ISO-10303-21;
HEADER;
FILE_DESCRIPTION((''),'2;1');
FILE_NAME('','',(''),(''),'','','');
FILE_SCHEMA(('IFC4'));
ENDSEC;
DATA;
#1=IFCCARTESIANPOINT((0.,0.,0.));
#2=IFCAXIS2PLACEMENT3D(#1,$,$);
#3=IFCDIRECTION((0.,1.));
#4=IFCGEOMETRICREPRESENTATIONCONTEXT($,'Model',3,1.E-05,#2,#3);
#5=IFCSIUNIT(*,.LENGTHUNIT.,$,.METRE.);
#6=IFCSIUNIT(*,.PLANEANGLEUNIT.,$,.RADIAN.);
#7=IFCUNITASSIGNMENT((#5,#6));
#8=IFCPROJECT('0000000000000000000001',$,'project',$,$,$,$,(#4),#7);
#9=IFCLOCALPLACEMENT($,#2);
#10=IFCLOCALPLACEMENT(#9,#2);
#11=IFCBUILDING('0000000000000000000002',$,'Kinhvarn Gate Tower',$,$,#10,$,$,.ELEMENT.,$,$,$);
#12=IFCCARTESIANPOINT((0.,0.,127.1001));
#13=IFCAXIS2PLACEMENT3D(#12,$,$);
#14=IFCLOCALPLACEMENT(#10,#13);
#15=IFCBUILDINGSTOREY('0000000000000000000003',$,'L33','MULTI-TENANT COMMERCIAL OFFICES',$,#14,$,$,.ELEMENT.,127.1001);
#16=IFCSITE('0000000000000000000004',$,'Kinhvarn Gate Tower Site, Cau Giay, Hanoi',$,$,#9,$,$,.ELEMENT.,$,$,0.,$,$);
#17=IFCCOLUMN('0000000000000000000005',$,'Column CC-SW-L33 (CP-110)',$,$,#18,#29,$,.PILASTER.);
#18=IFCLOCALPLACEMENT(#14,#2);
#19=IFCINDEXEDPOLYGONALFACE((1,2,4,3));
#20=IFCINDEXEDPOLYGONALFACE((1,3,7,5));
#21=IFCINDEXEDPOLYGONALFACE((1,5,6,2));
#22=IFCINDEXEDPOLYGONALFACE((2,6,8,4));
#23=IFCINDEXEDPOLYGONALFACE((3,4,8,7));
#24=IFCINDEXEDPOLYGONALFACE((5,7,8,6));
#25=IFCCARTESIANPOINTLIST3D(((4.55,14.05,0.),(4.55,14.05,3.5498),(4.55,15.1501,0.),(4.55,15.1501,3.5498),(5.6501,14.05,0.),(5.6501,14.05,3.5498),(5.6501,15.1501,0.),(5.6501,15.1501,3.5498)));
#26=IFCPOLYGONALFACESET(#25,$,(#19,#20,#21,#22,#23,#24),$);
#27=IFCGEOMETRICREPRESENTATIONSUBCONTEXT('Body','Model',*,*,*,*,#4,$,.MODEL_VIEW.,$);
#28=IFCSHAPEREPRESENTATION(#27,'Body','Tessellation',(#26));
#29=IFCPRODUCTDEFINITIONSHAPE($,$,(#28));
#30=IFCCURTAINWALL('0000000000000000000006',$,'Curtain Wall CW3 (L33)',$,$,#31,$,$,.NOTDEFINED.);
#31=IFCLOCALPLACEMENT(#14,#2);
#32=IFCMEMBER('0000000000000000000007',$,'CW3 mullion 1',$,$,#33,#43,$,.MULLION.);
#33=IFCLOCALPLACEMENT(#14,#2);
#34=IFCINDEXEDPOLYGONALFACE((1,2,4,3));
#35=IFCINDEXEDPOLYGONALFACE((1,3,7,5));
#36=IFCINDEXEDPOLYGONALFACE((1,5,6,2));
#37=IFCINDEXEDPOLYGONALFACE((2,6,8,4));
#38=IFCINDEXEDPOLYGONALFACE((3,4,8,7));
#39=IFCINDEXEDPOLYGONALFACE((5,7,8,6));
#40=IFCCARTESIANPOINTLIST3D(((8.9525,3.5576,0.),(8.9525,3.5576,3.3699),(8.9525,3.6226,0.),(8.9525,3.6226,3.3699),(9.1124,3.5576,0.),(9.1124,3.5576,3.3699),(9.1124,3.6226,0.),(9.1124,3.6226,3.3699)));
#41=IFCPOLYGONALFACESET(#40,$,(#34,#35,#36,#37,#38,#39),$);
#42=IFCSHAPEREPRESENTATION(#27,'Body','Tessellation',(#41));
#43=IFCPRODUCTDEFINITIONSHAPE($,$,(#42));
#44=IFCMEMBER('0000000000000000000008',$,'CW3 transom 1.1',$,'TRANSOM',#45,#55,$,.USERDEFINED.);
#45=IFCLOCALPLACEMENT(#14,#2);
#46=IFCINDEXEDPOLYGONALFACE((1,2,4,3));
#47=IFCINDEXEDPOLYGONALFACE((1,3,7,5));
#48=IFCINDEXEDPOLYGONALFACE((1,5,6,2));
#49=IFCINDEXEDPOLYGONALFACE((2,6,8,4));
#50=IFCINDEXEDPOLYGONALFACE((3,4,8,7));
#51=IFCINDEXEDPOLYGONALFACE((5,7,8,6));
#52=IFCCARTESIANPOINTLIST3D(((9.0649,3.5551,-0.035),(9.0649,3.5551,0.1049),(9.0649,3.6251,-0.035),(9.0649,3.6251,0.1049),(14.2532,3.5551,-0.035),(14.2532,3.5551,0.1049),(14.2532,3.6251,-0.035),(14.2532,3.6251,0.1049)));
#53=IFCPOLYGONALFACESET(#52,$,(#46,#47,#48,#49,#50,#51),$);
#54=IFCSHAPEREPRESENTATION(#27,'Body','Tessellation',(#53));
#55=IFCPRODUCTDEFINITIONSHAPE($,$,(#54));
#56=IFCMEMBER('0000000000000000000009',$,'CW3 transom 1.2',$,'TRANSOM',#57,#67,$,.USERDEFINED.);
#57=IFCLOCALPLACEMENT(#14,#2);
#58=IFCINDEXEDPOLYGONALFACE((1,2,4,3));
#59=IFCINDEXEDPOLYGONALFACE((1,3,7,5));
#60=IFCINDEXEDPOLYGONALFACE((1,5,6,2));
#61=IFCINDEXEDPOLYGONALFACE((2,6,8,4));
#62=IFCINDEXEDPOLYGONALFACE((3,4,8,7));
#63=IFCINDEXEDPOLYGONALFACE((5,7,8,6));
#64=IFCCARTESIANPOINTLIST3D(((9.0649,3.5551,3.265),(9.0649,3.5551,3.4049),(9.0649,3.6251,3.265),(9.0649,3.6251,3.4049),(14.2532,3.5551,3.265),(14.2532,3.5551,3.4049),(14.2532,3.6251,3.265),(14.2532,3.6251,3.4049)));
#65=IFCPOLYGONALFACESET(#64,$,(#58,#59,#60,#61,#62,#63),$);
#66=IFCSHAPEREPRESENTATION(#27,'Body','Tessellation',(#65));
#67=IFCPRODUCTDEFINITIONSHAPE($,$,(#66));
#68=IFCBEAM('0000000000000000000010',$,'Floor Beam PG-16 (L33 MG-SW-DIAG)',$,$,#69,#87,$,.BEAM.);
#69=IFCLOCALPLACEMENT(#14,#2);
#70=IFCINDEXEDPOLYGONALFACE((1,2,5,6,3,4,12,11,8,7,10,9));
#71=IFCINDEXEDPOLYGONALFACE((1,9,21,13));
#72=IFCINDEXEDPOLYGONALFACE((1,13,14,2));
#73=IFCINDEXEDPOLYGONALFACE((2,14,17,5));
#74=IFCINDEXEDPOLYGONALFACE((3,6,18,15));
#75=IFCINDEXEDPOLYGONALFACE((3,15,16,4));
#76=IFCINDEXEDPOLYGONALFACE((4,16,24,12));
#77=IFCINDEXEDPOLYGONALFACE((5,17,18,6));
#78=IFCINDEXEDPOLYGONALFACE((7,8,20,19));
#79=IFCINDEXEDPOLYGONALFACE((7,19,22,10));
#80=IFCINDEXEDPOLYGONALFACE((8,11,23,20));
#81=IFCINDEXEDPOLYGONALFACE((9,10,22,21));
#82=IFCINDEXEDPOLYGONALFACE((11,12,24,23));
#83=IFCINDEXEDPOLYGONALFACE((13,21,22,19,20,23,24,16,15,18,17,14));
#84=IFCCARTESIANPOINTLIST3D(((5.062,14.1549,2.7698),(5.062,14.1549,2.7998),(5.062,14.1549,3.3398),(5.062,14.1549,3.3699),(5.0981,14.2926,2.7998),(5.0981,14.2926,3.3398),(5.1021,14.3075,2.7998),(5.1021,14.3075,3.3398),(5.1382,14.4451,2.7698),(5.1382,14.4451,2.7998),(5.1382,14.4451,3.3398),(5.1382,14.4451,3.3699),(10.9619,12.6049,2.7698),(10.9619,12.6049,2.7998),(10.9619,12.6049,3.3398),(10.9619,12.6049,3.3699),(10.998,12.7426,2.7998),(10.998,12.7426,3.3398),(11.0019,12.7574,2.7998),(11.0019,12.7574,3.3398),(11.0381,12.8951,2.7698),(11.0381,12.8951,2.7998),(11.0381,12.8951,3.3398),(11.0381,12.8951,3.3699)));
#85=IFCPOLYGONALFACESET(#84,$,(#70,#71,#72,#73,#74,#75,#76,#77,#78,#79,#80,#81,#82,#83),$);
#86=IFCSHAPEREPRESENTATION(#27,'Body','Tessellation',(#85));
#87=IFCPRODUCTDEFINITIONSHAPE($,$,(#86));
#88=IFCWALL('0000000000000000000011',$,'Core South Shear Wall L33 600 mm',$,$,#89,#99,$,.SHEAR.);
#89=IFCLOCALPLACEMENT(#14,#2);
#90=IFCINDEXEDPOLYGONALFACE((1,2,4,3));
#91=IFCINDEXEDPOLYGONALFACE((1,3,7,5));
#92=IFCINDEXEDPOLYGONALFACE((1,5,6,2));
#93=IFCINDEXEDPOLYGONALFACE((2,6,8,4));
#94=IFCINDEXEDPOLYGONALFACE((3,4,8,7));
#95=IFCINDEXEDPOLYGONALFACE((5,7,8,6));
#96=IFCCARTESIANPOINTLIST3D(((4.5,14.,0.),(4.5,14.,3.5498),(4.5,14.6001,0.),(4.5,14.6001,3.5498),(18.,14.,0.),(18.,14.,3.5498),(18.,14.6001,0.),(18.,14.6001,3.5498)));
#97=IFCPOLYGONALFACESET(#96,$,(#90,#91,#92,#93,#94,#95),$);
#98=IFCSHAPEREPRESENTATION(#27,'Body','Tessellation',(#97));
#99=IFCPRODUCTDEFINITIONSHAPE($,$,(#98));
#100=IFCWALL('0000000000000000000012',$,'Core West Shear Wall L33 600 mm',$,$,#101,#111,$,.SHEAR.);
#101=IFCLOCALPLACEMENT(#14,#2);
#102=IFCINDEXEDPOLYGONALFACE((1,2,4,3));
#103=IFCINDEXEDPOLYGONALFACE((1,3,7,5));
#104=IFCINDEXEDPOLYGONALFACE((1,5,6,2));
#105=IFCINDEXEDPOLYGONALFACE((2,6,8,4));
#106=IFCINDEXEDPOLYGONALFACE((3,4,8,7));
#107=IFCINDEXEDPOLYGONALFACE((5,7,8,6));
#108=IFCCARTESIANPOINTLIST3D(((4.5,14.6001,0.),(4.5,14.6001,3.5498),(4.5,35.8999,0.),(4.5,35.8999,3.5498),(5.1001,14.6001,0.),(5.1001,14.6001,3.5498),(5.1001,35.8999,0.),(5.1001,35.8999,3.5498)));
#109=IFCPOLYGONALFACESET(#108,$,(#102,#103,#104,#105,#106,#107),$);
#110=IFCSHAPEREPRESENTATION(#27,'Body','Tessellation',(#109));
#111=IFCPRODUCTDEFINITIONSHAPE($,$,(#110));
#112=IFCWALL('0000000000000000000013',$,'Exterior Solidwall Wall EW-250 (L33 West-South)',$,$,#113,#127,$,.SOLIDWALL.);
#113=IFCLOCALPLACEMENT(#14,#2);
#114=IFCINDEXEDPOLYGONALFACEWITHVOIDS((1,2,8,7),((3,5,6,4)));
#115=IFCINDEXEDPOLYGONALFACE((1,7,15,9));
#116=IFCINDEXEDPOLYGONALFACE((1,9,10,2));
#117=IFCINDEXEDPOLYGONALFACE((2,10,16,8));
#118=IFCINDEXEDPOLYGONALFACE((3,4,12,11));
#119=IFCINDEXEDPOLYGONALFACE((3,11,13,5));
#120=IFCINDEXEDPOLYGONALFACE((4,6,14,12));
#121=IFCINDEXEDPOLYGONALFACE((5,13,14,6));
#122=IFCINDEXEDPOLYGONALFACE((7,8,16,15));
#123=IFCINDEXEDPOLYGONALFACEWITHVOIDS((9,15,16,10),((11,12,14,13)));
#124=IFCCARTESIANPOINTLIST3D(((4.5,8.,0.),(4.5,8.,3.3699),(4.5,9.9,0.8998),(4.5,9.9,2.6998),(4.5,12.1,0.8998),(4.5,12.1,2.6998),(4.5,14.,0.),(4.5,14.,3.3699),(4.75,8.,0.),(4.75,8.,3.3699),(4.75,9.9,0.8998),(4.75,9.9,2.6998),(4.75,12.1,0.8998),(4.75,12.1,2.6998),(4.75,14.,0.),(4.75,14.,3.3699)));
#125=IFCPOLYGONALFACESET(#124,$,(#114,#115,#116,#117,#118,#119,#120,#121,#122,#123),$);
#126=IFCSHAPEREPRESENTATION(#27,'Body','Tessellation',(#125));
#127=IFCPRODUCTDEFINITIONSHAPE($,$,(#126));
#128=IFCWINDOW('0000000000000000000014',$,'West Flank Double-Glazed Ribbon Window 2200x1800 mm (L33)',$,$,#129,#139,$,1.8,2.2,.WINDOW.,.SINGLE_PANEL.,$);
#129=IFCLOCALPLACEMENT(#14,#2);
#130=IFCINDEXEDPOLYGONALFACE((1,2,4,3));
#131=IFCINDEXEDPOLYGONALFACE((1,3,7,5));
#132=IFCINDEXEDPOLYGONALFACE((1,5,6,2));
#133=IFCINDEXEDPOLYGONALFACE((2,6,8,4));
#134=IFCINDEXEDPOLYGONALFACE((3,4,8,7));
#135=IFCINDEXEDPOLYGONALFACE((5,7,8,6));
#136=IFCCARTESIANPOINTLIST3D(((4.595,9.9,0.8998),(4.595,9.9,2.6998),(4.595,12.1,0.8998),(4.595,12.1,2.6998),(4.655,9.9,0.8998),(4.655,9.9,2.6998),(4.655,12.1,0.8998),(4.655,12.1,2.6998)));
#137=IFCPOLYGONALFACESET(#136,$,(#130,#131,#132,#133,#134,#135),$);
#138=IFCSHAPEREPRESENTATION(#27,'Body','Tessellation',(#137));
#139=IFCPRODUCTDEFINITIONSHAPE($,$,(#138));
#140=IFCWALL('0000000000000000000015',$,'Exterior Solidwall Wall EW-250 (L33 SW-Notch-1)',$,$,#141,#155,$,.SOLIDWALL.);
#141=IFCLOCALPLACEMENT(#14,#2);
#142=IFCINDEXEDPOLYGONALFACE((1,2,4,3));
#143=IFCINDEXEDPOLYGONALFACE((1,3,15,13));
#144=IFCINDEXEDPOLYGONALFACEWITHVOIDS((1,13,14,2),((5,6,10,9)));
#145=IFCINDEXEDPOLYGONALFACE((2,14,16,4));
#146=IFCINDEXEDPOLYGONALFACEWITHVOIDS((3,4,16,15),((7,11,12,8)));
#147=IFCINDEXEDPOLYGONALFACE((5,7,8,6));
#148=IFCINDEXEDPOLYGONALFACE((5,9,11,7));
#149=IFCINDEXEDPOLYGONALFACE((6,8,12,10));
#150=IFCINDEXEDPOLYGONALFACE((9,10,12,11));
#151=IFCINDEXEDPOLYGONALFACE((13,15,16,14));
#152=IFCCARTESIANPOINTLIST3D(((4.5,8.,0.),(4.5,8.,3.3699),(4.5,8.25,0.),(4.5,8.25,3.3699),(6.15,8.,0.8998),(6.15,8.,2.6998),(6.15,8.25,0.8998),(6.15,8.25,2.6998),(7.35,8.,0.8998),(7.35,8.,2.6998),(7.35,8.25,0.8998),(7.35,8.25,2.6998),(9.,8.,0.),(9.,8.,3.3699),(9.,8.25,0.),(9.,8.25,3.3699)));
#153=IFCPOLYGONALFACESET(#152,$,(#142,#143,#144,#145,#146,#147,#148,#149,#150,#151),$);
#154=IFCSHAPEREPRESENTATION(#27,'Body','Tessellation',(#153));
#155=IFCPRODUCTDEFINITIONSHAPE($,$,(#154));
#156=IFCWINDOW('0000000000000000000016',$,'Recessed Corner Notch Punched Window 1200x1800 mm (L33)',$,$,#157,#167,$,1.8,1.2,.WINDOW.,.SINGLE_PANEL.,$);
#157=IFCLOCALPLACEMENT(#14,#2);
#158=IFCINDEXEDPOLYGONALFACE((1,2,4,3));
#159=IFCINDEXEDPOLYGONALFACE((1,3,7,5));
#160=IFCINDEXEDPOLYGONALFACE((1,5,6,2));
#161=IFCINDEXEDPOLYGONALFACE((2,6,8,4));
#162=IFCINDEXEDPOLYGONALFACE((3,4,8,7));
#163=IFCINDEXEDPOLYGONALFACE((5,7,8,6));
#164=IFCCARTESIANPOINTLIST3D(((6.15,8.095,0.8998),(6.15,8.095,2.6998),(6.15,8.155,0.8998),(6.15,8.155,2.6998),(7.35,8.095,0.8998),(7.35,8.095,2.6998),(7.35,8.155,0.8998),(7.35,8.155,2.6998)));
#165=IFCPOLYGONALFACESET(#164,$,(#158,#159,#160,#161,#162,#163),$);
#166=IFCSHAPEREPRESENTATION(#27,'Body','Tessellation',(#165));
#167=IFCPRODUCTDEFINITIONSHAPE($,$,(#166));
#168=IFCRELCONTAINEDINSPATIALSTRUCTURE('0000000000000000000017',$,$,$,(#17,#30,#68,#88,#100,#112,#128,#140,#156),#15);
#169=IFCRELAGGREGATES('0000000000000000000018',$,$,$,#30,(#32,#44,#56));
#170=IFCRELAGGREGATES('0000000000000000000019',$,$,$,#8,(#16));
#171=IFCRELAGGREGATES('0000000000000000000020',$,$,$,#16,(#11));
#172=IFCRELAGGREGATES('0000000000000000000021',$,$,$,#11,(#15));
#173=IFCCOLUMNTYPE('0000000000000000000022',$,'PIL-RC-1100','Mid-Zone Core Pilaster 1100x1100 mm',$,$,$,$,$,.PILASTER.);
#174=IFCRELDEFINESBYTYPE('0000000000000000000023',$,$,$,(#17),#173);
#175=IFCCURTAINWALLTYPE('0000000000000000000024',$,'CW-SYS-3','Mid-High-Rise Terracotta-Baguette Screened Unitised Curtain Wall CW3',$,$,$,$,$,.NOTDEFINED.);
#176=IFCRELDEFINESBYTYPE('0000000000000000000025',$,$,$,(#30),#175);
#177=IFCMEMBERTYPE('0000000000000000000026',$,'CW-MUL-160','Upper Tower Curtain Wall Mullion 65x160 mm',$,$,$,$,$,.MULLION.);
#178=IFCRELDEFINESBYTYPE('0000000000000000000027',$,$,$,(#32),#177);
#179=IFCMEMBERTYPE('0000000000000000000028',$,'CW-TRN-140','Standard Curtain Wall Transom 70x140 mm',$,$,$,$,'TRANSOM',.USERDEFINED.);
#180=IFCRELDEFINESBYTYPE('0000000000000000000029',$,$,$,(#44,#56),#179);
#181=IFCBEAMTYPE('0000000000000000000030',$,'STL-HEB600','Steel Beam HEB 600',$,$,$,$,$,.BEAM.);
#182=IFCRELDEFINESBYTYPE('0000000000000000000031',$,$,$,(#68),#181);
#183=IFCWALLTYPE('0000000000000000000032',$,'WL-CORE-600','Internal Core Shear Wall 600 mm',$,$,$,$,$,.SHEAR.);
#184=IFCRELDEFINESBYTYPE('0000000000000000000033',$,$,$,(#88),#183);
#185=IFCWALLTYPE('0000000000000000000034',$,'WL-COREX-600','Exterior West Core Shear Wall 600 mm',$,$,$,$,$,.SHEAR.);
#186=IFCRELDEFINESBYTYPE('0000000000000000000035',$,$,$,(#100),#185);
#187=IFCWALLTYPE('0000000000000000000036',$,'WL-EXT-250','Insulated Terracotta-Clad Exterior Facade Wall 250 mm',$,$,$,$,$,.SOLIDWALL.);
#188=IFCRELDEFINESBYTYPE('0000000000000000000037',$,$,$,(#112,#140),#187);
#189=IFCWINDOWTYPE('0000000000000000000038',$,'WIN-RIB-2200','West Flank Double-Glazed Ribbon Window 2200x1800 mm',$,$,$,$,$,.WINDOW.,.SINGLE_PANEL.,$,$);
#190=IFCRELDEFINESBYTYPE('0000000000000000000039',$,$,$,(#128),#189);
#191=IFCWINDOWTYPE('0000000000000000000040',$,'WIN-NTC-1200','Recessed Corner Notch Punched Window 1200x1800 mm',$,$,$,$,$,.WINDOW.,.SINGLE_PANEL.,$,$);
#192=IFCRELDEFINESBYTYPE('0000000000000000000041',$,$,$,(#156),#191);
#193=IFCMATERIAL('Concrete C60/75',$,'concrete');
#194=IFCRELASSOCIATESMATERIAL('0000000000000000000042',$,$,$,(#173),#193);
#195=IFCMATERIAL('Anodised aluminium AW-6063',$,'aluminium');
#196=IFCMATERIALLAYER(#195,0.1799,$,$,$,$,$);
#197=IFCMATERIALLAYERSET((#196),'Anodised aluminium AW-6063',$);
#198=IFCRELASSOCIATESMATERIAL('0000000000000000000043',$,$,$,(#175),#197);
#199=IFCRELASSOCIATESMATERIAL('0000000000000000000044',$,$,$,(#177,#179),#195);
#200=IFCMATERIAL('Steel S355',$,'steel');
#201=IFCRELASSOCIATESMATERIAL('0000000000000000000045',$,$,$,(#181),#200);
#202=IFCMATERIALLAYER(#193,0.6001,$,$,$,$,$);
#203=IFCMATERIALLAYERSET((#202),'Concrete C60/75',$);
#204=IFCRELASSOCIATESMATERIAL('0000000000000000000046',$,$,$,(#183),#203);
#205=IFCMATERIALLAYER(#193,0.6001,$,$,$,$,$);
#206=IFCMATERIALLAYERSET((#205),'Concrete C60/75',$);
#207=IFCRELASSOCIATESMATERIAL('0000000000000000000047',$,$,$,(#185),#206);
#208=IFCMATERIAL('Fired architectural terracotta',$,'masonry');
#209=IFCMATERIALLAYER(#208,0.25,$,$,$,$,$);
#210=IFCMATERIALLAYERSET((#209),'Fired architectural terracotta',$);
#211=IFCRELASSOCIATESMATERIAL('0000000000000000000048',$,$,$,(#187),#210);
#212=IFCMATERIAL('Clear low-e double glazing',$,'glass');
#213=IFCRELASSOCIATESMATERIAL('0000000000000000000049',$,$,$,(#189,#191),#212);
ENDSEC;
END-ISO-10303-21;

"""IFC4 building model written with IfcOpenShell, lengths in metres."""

from ifc_helpers import new_model, si_unit, direction, frame, frame_2d, origin, origin_2d, place, context, subcontext, project, spatial, rectangle, i_section, extrude, material, layer, layer_set, material_profile, profile_set, type_object, element, fill, aggregate, save


model = new_model("IFC4")

# Units and contexts
model_context = context("Model", 3, precision=1e-05, world=origin(), true_north=direction((0.0, 1.0)))
body_context = subcontext(model_context, "Body", "Model", "MODEL_VIEW")
ifc_project = project(units=[si_unit("LENGTHUNIT", "METRE"), si_unit("PLANEANGLEUNIT", "RADIAN")], contexts=[model_context])

# Site, building, storey
site_placement = place(None, origin())
site = spatial("IfcSite", under=ifc_project, at=site_placement, Name="Kinhvarn Gate Tower Site, Cau Giay, Hanoi", CompositionType="ELEMENT", RefElevation=0.0)
building_placement = place(site_placement, origin())
building = spatial("IfcBuilding", under=site, at=building_placement, Name="Kinhvarn Gate Tower", CompositionType="ELEMENT")
storey_placement = place(building_placement, frame((0.0, 0.0, 127.1001)))
storey = spatial("IfcBuildingStorey", under=building, at=storey_placement, Name="L33", Description="MULTI-TENANT COMMERCIAL OFFICES", CompositionType="ELEMENT", Elevation=127.1001)

# Column
ifc_material_1 = material(Name="Concrete C60/75", Category="concrete")
ifc_material_profile_1 = material_profile(ifc_material_1, rectangle(XDim=1.1001, YDim=1.1001, at=origin_2d()), Name="RC 1100x1100")
ifc_profile_set_1 = profile_set([ifc_material_profile_1], Name="Concrete C60/75")
column_type = type_object("IfcColumnType", Name="PIL-RC-1100", Description="Mid-Zone Core Pilaster 1100x1100 mm", PredefinedType="PILASTER", material=ifc_profile_set_1)
column_placement = place(storey_placement, frame((5.1001, 14.6001, 0.0), z_axis=(0.0, 0.0, 1.0), x_axis=(1.0, 0.0, 0.0)))
element("IfcColumn", 1, at=column_placement, inside=storey, type_object=column_type, Name="Column CC-SW-L33 (CP-110)", PredefinedType="PILASTER", context=body_context, shape_type="SweptSolid", body=[
    extrude(rectangle(XDim=1.1001, YDim=1.1001, at=origin_2d()), origin(), (0.0, 0.0, 1.0), 3.5498),
])

# Curtain wall, members
ifc_material_2 = material(Name="Anodised aluminium AW-6063", Category="aluminium")
ifc_layer_1 = layer(ifc_material_2, 0.1799)
ifc_layer_set_1 = layer_set([ifc_layer_1], Name="Anodised aluminium AW-6063")
curtain_wall_type = type_object("IfcCurtainWallType", Name="CW-SYS-3", Description="Mid-High-Rise Terracotta-Baguette Screened Unitised Curtain Wall CW3", PredefinedType="NOTDEFINED", material=ifc_layer_set_1)
curtain_wall_placement = place(storey_placement, origin())
curtain_wall = element("IfcCurtainWall", 2, at=curtain_wall_placement, inside=storey, type_object=curtain_wall_type, Name="Curtain Wall CW3 (L33)", PredefinedType="NOTDEFINED")
ifc_material_profile_2 = material_profile(ifc_material_2, rectangle(XDim=0.0649, YDim=0.1599, at=origin_2d()), Name="ALU 65x160")
ifc_profile_set_2 = profile_set([ifc_material_profile_2], Name="Anodised aluminium AW-6063")
member_type_1 = type_object("IfcMemberType", Name="CW-MUL-160", Description="Upper Tower Curtain Wall Mullion 65x160 mm", PredefinedType="MULLION", material=ifc_profile_set_2)
member_1_placement = place(storey_placement, frame((9.0325, 3.5901, 0.0), z_axis=(0.0, 0.0, 1.0), x_axis=(0.0, 1.0, 0.0)))
member_1 = element("IfcMember", 3, at=member_1_placement, type_object=member_type_1, Name="CW3 mullion 1", PredefinedType="MULLION", context=body_context, shape_type="SweptSolid", body=[
    extrude(rectangle(XDim=0.0649, YDim=0.1599, at=origin_2d()), origin(), (0.0, 0.0, 1.0), 3.3699),
])
ifc_material_profile_3 = material_profile(ifc_material_2, rectangle(XDim=0.0701, YDim=0.1399, at=origin_2d()), Name="ALU 70x140")
ifc_profile_set_3 = profile_set([ifc_material_profile_3], Name="Anodised aluminium AW-6063")
member_type_2 = type_object("IfcMemberType", Name="CW-TRN-140", Description="Standard Curtain Wall Transom 70x140 mm", ElementType="TRANSOM", PredefinedType="USERDEFINED", material=ifc_profile_set_3)
member_2_placement = place(storey_placement, frame((9.0649, 3.5901, 0.0349), z_axis=(1.0, 0.0, 0.0), x_axis=(0.0, 1.0, 0.0)))
member_2 = element("IfcMember", 4, at=member_2_placement, type_object=member_type_2, Name="CW3 transom 1.1", ObjectType="TRANSOM", PredefinedType="USERDEFINED", context=body_context, shape_type="SweptSolid", body=[
    extrude(rectangle(XDim=0.0701, YDim=0.1399, at=origin_2d()), origin(), (0.0, 0.0, 1.0), 5.1882),
])
member_3_placement = place(storey_placement, frame((9.0649, 3.5901, 3.335), z_axis=(1.0, 0.0, 0.0), x_axis=(0.0, 1.0, 0.0)))
member_3 = element("IfcMember", 5, at=member_3_placement, type_object=member_type_2, Name="CW3 transom 1.2", ObjectType="TRANSOM", PredefinedType="USERDEFINED", context=body_context, shape_type="SweptSolid", body=[
    extrude(rectangle(XDim=0.0701, YDim=0.1399, at=origin_2d()), origin(), (0.0, 0.0, 1.0), 5.1882),
])
aggregate(curtain_wall, [member_1, member_2, member_3])

# Beam
ifc_material_3 = material(Name="Steel S355", Category="steel")
ifc_material_profile_4 = material_profile(ifc_material_3, i_section(OverallWidth=0.3, OverallDepth=0.6001, WebThickness=0.0154, FlangeThickness=0.03, at=origin_2d()), Name="HEB 600")
ifc_profile_set_4 = profile_set([ifc_material_profile_4], Name="Steel S355")
beam_type = type_object("IfcBeamType", Name="STL-HEB600", Description="Steel Beam HEB 600", PredefinedType="BEAM", material=ifc_profile_set_4)
beam_placement = place(storey_placement, frame((5.1001, 14.3, 3.0698), z_axis=(0.967178, -0.254101, 0.0), x_axis=(0.254101, 0.967178, 0.0)))
element("IfcBeam", 6, at=beam_placement, inside=storey, type_object=beam_type, Name="Floor Beam PG-16 (L33 MG-SW-DIAG)", PredefinedType="BEAM", context=body_context, shape_type="SweptSolid", body=[
    extrude(i_section(OverallWidth=0.3, OverallDepth=0.6001, WebThickness=0.0154, FlangeThickness=0.03, at=origin_2d()), origin(), (0.0, 0.0, 1.0), 6.1001),
])

# Walls
ifc_layer_2 = layer(ifc_material_1, 0.6001)
ifc_layer_set_2 = layer_set([ifc_layer_2], Name="Concrete C60/75")
wall_type_1 = type_object("IfcWallType", Name="WL-CORE-600", Description="Internal Core Shear Wall 600 mm", PredefinedType="SHEAR", material=ifc_layer_set_2)
wall_1_placement = place(storey_placement, frame((4.5, 14.3, 0.0), z_axis=(0.0, 0.0, 1.0), x_axis=(1.0, 0.0, 0.0)))
element("IfcWall", 7, at=wall_1_placement, inside=storey, type_object=wall_type_1, Name="Core South Shear Wall L33 600 mm", PredefinedType="SHEAR", context=body_context, shape_type="SweptSolid", body=[
    extrude(rectangle(XDim=13.5, YDim=0.6001, at=frame_2d((6.75, 0.0))), origin(), (0.0, 0.0, 1.0), 3.5498),
])
ifc_layer_3 = layer(ifc_material_1, 0.6001)
ifc_layer_set_3 = layer_set([ifc_layer_3], Name="Concrete C60/75")
wall_type_2 = type_object("IfcWallType", Name="WL-COREX-600", Description="Exterior West Core Shear Wall 600 mm", PredefinedType="SHEAR", material=ifc_layer_set_3)
wall_2_placement = place(storey_placement, frame((4.8, 14.6001, 0.0), z_axis=(0.0, 0.0, 1.0), x_axis=(0.0, 1.0, 0.0)))
element("IfcWall", 8, at=wall_2_placement, inside=storey, type_object=wall_type_2, Name="Core West Shear Wall L33 600 mm", PredefinedType="SHEAR", context=body_context, shape_type="SweptSolid", body=[
    extrude(rectangle(XDim=21.2998, YDim=0.6001, at=frame_2d((10.6499, 0.0))), origin(), (0.0, 0.0, 1.0), 3.5498),
])

# Walls, openings, windows
ifc_material_4 = material(Name="Fired architectural terracotta", Category="masonry")
ifc_layer_4 = layer(ifc_material_4, 0.25)
ifc_layer_set_4 = layer_set([ifc_layer_4], Name="Fired architectural terracotta")
wall_type_3 = type_object("IfcWallType", Name="WL-EXT-250", Description="Insulated Terracotta-Clad Exterior Facade Wall 250 mm", PredefinedType="SOLIDWALL", material=ifc_layer_set_4)
wall_3_placement = place(storey_placement, frame((4.625, 14.0, 0.0), z_axis=(0.0, 0.0, 1.0), x_axis=(0.0, -1.0, 0.0)))
wall_3 = element("IfcWall", 9, at=wall_3_placement, inside=storey, type_object=wall_type_3, Name="Exterior Solidwall Wall EW-250 (L33 West-South)", PredefinedType="SOLIDWALL", context=body_context, shape_type="SweptSolid", body=[
    extrude(rectangle(XDim=6.0, YDim=0.25, at=frame_2d((3.0, 0.0))), origin(), (0.0, 0.0, 1.0), 3.3699),
])
opening_1_placement = place(wall_3_placement, frame((1.8999, 0.0, 0.8999)))
opening_1 = element("IfcOpeningElement", 10, at=opening_1_placement, cuts=wall_3, PredefinedType="OPENING", context=body_context, shape_type="SweptSolid", body=[
    extrude(rectangle(XDim=2.2, YDim=1.8, at=frame_2d((1.1001, 0.8999))), frame((0.0, 0.135, 0.0), z_axis=(0.0, -1.0, 0.0), x_axis=(1.0, 0.0, 0.0)), (0.0, 0.0, 1.0), 0.27),
])
ifc_material_5 = material(Name="Clear low-e double glazing", Category="glass")
window_type_1 = type_object("IfcWindowType", Name="WIN-RIB-2200", Description="West Flank Double-Glazed Ribbon Window 2200x1800 mm", PartitioningType="SINGLE_PANEL", PredefinedType="WINDOW", material=ifc_material_5)
window_1_placement = place(opening_1_placement, origin())
window_1 = element("IfcWindow", 11, at=window_1_placement, inside=storey, type_object=window_type_1, Name="West Flank Double-Glazed Ribbon Window 2200x1800 mm (L33)", OverallHeight=1.8, OverallWidth=2.2, PartitioningType="SINGLE_PANEL", PredefinedType="WINDOW", context=body_context, shape_type="SweptSolid", body=[
    extrude(rectangle(XDim=2.2, YDim=1.8, at=frame_2d((1.1001, 0.8999))), frame((0.0, 0.03, 0.0), z_axis=(0.0, -1.0, 0.0), x_axis=(1.0, 0.0, 0.0)), (0.0, 0.0, 1.0), 0.0601),
])
fill(opening_1, window_1)
wall_4_placement = place(storey_placement, frame((4.5, 8.125, 0.0), z_axis=(0.0, 0.0, 1.0), x_axis=(1.0, 0.0, 0.0)))
wall_4 = element("IfcWall", 12, at=wall_4_placement, inside=storey, type_object=wall_type_3, Name="Exterior Solidwall Wall EW-250 (L33 SW-Notch-1)", PredefinedType="SOLIDWALL", context=body_context, shape_type="SweptSolid", body=[
    extrude(rectangle(XDim=4.5, YDim=0.25, at=frame_2d((2.25, 0.0))), origin(), (0.0, 0.0, 1.0), 3.3699),
])
opening_2_placement = place(wall_4_placement, frame((1.6499, 0.0, 0.8999)))
opening_2 = element("IfcOpeningElement", 13, at=opening_2_placement, cuts=wall_4, PredefinedType="OPENING", context=body_context, shape_type="SweptSolid", body=[
    extrude(rectangle(XDim=1.2, YDim=1.8, at=frame_2d((0.6001, 0.8999))), frame((0.0, 0.135, 0.0), z_axis=(0.0, -1.0, 0.0), x_axis=(1.0, 0.0, 0.0)), (0.0, 0.0, 1.0), 0.27),
])
window_type_2 = type_object("IfcWindowType", Name="WIN-NTC-1200", Description="Recessed Corner Notch Punched Window 1200x1800 mm", PartitioningType="SINGLE_PANEL", PredefinedType="WINDOW", material=ifc_material_5)
window_2_placement = place(opening_2_placement, origin())
window_2 = element("IfcWindow", 14, at=window_2_placement, inside=storey, type_object=window_type_2, Name="Recessed Corner Notch Punched Window 1200x1800 mm (L33)", OverallHeight=1.8, OverallWidth=1.2, PartitioningType="SINGLE_PANEL", PredefinedType="WINDOW", context=body_context, shape_type="SweptSolid", body=[
    extrude(rectangle(XDim=1.2, YDim=1.8, at=frame_2d((0.6001, 0.8999))), frame((0.0, 0.03, 0.0), z_axis=(0.0, -1.0, 0.0), x_axis=(1.0, 0.0, 0.0)), (0.0, 0.0, 1.0), 0.0601),
])
fill(opening_2, window_2)

save(model, "model.ifc")
